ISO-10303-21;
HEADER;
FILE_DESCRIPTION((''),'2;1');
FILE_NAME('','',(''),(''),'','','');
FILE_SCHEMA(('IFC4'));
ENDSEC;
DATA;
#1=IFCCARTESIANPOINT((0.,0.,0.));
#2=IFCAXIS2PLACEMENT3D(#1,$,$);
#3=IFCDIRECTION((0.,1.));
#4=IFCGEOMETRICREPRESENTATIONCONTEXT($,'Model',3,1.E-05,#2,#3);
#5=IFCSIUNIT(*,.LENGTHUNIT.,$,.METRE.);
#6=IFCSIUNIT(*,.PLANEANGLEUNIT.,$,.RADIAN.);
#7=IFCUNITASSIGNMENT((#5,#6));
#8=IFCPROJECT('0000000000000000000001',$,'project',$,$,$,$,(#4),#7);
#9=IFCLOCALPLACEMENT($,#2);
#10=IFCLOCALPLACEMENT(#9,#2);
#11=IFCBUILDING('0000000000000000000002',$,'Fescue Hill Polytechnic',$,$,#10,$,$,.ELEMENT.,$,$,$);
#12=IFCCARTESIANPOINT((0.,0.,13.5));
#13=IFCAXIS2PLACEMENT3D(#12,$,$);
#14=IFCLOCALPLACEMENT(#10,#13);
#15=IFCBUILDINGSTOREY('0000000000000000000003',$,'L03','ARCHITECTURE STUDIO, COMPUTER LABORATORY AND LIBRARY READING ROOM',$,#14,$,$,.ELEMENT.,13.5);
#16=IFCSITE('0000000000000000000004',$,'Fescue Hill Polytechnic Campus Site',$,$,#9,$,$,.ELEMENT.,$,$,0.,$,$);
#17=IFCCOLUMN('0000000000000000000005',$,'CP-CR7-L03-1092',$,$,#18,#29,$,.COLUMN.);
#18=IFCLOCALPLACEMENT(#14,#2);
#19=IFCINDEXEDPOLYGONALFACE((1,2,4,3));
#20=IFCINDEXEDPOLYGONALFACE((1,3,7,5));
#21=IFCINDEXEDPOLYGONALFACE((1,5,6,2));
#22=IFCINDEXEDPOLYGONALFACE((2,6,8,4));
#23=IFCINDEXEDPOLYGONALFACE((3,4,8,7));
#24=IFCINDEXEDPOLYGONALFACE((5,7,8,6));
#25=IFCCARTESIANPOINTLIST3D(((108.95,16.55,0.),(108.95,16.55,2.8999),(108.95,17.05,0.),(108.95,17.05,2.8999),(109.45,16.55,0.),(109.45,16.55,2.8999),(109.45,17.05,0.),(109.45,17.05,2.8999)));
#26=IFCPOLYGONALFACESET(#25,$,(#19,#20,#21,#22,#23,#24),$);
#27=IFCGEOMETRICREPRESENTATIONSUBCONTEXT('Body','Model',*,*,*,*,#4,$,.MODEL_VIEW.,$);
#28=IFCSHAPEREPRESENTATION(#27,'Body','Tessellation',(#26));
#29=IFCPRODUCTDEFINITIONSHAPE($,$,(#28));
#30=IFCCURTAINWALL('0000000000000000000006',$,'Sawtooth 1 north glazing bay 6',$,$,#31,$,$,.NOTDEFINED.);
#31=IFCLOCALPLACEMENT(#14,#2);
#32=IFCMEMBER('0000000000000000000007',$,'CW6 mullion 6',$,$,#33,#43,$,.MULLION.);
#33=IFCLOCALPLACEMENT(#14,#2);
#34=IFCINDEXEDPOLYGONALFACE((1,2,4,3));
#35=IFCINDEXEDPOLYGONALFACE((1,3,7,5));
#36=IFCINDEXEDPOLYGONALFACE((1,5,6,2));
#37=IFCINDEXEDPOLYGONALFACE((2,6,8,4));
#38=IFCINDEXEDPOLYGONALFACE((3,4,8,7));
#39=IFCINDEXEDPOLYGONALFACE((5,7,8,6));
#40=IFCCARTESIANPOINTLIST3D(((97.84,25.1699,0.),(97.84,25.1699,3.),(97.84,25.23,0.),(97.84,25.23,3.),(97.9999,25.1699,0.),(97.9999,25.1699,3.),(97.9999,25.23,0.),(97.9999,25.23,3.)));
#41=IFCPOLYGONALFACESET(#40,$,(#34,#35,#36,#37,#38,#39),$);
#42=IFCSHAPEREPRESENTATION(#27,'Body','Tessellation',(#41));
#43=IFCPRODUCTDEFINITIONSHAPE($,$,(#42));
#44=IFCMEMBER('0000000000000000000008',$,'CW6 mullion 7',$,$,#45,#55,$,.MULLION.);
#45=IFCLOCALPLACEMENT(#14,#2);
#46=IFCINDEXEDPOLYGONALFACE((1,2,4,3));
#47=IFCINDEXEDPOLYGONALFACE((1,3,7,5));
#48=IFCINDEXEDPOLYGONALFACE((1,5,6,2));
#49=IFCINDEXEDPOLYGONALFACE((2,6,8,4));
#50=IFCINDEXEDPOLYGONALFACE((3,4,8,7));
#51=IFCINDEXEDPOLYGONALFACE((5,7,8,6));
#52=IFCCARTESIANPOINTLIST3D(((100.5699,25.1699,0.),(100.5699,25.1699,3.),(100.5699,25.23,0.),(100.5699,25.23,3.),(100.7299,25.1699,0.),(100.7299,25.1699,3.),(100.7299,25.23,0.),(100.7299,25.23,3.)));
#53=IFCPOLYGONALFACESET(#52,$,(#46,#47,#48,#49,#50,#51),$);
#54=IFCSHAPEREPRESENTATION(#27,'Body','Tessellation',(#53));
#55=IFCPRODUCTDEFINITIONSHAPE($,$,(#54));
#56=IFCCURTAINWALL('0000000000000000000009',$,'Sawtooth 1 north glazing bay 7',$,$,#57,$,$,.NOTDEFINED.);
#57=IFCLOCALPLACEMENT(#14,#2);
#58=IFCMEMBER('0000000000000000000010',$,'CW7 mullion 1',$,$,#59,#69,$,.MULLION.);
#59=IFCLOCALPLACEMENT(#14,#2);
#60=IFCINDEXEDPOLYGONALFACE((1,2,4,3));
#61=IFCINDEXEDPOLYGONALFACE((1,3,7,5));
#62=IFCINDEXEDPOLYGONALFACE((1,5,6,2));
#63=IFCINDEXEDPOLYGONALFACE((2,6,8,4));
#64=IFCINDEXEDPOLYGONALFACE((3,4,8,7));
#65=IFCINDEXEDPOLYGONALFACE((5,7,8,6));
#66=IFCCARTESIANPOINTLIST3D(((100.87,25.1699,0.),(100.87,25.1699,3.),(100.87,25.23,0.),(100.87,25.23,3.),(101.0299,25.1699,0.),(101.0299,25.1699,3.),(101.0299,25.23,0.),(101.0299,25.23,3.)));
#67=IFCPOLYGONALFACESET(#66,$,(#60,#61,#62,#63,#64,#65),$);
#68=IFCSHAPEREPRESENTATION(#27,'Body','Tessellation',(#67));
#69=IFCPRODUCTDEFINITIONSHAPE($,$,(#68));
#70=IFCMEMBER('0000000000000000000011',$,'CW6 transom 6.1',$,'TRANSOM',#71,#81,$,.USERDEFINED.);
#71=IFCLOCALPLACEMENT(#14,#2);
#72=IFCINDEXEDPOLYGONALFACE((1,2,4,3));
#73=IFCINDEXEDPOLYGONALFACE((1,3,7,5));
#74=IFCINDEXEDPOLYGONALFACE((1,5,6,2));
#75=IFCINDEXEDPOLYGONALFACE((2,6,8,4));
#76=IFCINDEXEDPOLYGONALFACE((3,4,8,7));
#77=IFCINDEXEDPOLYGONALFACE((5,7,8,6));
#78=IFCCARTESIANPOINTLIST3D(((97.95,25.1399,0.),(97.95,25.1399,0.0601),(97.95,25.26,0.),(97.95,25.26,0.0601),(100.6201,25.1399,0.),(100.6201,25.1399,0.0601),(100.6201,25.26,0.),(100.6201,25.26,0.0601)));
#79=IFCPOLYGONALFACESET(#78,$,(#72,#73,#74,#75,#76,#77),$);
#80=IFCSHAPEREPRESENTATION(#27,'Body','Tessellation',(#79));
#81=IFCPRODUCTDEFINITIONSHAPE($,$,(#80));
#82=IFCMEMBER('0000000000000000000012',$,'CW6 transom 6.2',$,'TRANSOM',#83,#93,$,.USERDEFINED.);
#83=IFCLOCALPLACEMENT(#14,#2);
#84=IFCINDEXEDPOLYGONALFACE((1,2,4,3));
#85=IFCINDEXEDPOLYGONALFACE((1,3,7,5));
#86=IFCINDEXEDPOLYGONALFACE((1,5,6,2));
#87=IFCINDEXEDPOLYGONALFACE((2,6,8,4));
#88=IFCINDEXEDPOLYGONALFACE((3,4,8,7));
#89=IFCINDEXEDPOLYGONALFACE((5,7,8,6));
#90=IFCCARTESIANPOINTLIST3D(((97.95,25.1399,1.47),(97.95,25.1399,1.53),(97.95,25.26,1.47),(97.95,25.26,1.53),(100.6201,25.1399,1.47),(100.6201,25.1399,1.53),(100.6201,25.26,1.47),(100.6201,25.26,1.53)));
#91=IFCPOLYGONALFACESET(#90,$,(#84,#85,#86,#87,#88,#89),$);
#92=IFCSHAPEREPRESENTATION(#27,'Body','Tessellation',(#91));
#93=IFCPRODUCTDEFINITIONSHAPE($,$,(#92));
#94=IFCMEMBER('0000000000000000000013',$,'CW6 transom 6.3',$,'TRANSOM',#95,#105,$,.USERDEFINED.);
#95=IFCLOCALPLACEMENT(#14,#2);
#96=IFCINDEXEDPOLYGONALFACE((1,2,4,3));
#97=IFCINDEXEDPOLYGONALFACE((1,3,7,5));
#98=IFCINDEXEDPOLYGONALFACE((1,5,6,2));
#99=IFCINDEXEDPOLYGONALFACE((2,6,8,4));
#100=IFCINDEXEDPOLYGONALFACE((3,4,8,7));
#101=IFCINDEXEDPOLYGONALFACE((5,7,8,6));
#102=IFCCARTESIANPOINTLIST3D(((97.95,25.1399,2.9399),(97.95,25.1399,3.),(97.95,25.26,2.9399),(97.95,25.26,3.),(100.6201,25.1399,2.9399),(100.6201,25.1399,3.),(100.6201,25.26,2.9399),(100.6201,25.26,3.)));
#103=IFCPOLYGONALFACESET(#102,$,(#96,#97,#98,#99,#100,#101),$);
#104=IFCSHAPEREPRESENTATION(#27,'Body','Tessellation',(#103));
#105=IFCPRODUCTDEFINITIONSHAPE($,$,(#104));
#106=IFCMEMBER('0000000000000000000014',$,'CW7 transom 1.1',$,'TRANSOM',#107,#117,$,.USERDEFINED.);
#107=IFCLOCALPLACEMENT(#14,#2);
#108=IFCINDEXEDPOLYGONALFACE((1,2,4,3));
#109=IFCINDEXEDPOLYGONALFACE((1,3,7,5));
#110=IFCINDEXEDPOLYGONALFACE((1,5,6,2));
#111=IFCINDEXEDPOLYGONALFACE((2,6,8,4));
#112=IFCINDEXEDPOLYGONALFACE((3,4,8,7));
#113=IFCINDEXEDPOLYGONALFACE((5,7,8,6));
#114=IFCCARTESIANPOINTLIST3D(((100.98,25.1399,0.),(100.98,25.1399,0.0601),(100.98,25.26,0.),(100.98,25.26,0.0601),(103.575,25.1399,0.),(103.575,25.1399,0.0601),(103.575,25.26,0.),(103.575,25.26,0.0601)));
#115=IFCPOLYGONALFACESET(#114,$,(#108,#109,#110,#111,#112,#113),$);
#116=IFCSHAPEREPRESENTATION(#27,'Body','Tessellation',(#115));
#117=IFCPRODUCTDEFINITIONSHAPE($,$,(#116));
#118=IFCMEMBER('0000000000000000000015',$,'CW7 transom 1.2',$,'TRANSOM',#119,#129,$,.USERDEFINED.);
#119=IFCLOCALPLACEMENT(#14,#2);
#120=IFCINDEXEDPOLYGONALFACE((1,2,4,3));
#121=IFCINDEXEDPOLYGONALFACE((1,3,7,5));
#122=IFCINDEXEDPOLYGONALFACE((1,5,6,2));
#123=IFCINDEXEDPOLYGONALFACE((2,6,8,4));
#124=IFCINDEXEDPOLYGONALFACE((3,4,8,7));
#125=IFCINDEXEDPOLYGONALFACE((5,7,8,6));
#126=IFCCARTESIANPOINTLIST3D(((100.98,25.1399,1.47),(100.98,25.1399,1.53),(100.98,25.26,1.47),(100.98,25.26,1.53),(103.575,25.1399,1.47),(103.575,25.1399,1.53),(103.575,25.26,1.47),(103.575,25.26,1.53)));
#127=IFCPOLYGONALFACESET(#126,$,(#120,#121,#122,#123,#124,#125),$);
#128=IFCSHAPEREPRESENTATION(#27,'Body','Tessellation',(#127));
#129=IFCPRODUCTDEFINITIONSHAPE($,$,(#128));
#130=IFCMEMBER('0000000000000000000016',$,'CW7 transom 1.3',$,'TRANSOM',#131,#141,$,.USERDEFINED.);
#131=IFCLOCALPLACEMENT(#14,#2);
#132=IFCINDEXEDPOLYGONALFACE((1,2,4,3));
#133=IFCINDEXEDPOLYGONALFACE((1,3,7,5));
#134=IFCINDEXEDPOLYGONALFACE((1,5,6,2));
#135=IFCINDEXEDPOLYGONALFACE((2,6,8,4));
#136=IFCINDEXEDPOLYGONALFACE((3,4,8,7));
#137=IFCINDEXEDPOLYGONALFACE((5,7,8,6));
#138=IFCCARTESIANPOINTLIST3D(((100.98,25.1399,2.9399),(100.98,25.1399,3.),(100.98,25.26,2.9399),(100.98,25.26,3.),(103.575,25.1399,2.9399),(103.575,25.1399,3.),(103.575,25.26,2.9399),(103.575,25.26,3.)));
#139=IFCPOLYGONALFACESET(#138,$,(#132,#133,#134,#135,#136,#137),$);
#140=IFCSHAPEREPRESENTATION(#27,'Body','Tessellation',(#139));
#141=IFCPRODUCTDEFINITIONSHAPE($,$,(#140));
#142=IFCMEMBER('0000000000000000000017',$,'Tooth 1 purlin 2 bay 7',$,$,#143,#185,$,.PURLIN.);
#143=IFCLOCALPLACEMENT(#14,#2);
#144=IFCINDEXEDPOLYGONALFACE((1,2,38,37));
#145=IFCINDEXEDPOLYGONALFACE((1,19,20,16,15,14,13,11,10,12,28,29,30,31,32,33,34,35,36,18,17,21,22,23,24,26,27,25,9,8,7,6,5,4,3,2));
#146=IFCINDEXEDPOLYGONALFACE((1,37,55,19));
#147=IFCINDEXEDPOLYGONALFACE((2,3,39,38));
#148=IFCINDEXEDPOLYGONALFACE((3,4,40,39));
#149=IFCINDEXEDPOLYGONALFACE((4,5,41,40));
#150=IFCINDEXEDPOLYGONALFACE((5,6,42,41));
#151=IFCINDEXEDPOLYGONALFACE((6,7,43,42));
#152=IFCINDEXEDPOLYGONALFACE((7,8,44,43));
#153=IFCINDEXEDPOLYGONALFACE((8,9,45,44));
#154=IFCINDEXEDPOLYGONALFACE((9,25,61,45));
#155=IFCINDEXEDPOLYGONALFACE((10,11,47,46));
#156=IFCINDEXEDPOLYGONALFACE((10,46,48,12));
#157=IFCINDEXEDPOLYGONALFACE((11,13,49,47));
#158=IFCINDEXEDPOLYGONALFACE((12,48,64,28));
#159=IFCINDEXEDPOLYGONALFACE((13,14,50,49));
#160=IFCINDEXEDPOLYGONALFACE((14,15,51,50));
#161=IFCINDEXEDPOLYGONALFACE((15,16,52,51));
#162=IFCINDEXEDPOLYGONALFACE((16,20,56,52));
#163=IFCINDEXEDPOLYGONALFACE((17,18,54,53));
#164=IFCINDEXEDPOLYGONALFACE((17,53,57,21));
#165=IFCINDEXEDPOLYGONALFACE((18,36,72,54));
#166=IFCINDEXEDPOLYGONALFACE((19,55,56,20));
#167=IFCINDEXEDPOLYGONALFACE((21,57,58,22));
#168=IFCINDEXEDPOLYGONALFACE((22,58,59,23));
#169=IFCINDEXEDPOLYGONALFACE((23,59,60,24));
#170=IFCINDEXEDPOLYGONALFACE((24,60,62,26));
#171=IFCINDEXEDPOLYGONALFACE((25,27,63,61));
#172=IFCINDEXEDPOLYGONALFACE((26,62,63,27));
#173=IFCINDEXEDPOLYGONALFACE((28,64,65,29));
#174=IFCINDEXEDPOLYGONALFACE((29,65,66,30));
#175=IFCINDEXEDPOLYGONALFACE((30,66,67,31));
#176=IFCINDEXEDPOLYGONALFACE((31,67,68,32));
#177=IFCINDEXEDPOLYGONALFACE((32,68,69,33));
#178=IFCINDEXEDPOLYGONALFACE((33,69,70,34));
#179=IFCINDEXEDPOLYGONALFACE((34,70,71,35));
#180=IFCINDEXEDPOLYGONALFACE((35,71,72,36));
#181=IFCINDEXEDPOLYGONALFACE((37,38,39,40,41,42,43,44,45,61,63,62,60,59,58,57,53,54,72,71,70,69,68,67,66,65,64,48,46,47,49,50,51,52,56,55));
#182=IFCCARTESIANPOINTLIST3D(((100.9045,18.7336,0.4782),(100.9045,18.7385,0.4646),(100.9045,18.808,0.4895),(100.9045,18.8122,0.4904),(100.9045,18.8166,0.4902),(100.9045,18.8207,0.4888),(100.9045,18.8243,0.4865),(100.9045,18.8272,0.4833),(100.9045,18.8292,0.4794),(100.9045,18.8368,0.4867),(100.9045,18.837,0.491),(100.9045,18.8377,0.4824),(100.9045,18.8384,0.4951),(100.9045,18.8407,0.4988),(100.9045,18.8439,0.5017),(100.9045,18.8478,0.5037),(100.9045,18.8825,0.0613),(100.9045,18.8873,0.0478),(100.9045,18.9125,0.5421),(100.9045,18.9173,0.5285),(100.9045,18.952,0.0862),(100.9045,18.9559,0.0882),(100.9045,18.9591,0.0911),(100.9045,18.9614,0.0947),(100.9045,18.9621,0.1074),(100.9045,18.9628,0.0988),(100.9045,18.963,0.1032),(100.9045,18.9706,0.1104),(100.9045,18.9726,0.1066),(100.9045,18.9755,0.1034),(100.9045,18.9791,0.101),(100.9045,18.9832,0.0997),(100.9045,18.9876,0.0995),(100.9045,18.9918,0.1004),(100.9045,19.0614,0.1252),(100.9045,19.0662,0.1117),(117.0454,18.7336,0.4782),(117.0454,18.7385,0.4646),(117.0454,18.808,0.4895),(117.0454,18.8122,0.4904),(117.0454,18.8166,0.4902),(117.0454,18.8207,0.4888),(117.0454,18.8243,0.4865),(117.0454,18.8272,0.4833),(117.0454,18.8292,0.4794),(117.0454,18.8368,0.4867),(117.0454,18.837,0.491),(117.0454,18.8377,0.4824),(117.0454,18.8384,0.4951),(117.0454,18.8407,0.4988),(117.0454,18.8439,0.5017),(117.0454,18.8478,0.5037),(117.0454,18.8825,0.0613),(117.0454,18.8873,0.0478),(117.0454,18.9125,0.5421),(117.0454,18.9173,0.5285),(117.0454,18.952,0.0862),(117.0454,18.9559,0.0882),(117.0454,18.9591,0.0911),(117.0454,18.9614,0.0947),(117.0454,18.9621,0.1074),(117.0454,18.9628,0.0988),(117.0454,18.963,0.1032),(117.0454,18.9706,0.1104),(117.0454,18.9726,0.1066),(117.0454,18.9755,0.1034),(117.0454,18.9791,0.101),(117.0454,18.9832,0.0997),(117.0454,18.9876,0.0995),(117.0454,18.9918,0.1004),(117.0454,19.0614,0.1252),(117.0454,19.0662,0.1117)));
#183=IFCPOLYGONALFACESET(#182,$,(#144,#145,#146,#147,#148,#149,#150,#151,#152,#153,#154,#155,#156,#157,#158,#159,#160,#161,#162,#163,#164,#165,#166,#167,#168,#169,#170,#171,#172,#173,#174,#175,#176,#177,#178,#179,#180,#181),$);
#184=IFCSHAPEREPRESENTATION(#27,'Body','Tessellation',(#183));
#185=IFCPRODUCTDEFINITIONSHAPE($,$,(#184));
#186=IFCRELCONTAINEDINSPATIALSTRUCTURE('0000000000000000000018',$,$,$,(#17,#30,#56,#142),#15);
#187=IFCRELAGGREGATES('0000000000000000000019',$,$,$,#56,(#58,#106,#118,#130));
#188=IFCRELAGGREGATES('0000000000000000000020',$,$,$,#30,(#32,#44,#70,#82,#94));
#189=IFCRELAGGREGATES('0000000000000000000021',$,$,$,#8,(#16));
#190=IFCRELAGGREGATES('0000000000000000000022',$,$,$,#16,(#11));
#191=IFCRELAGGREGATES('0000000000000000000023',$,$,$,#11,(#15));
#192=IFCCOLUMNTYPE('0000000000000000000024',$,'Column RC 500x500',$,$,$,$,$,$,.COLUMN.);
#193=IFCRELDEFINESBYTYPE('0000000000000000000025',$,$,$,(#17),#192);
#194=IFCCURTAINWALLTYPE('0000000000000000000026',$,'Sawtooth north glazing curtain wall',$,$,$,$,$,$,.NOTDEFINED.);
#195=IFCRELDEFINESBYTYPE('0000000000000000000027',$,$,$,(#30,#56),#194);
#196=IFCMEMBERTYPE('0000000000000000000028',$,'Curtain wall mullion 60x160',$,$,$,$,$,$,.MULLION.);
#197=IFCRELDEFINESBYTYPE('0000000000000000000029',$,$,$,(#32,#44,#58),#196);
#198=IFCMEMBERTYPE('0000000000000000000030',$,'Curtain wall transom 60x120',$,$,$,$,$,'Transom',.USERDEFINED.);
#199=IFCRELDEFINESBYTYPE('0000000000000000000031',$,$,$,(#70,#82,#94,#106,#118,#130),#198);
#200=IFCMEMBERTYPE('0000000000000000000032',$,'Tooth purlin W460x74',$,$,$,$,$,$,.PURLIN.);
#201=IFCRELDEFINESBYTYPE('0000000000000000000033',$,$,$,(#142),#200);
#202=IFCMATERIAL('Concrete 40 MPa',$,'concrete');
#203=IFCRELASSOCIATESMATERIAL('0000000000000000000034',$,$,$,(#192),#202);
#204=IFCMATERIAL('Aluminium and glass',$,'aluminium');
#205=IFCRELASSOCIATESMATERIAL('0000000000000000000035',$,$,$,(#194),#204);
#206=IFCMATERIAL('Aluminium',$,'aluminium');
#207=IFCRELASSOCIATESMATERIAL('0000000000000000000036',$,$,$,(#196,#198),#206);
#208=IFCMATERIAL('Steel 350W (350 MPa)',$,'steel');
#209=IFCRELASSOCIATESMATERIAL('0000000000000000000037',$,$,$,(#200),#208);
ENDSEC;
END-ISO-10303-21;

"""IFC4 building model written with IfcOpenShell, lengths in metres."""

from ifc_helpers import new_model, si_unit, direction, frame, origin, origin_2d, place, context, subcontext, project, spatial, rectangle, i_section, extrude, material, material_profile, profile_set, type_object, element, aggregate, save


model = new_model("IFC4")

# Units and contexts
model_context = context("Model", 3, precision=1e-05, world=origin(), true_north=direction((0.0, 1.0)))
body_context = subcontext(model_context, "Body", "Model", "MODEL_VIEW")
ifc_project = project(units=[si_unit("LENGTHUNIT", "METRE"), si_unit("PLANEANGLEUNIT", "RADIAN")], contexts=[model_context])

# Site, building, storey
site_placement = place(None, origin())
site = spatial("IfcSite", under=ifc_project, at=site_placement, Name="Fescue Hill Polytechnic Campus Site", CompositionType="ELEMENT", RefElevation=0.0)
building_placement = place(site_placement, origin())
building = spatial("IfcBuilding", under=site, at=building_placement, Name="Fescue Hill Polytechnic", CompositionType="ELEMENT")
storey_placement = place(building_placement, frame((0.0, 0.0, 13.5)))
storey = spatial("IfcBuildingStorey", under=building, at=storey_placement, Name="L03", Description="ARCHITECTURE STUDIO, COMPUTER LABORATORY AND LIBRARY READING ROOM", CompositionType="ELEMENT", Elevation=13.5)

# Column
ifc_material_1 = material(Name="Concrete 40 MPa", Category="concrete")
ifc_material_profile_1 = material_profile(ifc_material_1, rectangle(XDim=0.5, YDim=0.5, at=origin_2d()), Name="RC 500x500")
ifc_profile_set_1 = profile_set([ifc_material_profile_1], Name="Concrete 40 MPa")
column_type = type_object("IfcColumnType", Name="Column RC 500x500", PredefinedType="COLUMN", material=ifc_profile_set_1)
column_placement = place(storey_placement, frame((109.2, 16.8, 0.0), z_axis=(0.0, 0.0, 1.0), x_axis=(1.0, 0.0, 0.0)))
element("IfcColumn", 1, at=column_placement, inside=storey, type_object=column_type, Name="CP-CR7-L03-1092", PredefinedType="COLUMN", context=body_context, shape_type="SweptSolid", body=[
    extrude(rectangle(XDim=0.5, YDim=0.5, at=origin_2d()), origin(), (0.0, 0.0, 1.0), 2.8999),
])

# Curtain wall, members
ifc_material_2 = material(Name="Aluminium and glass", Category="aluminium")
curtain_wall_type = type_object("IfcCurtainWallType", Name="Sawtooth north glazing curtain wall", PredefinedType="NOTDEFINED", material=ifc_material_2)
curtain_wall_1_placement = place(storey_placement, origin())
curtain_wall_1 = element("IfcCurtainWall", 2, at=curtain_wall_1_placement, inside=storey, type_object=curtain_wall_type, Name="Sawtooth 1 north glazing bay 6", PredefinedType="NOTDEFINED")
ifc_material_3 = material(Name="Aluminium", Category="aluminium")
ifc_material_profile_2 = material_profile(ifc_material_3, rectangle(XDim=0.0601, YDim=0.1599, at=origin_2d()), Name="Curtain wall mullion 60x160")
ifc_profile_set_2 = profile_set([ifc_material_profile_2], Name="Aluminium")
member_type_1 = type_object("IfcMemberType", Name="Curtain wall mullion 60x160", PredefinedType="MULLION", material=ifc_profile_set_2)
member_1_placement = place(storey_placement, frame((97.9199, 25.2, 0.0), z_axis=(0.0, 0.0, 1.0), x_axis=(0.0, 1.0, 0.0)))
member_1 = element("IfcMember", 3, at=member_1_placement, type_object=member_type_1, Name="CW6 mullion 6", PredefinedType="MULLION", context=body_context, shape_type="SweptSolid", body=[
    extrude(rectangle(XDim=0.0601, YDim=0.1599, at=origin_2d()), origin(), (0.0, 0.0, 1.0), 3.0),
])
member_2_placement = place(storey_placement, frame((100.6499, 25.2, 0.0), z_axis=(0.0, 0.0, 1.0), x_axis=(0.0, 1.0, 0.0)))
member_2 = element("IfcMember", 4, at=member_2_placement, type_object=member_type_1, Name="CW6 mullion 7", PredefinedType="MULLION", context=body_context, shape_type="SweptSolid", body=[
    extrude(rectangle(XDim=0.0601, YDim=0.1599, at=origin_2d()), origin(), (0.0, 0.0, 1.0), 3.0),
])

# Curtain wall, member
curtain_wall_2_placement = place(storey_placement, origin())
curtain_wall_2 = element("IfcCurtainWall", 5, at=curtain_wall_2_placement, inside=storey, type_object=curtain_wall_type, Name="Sawtooth 1 north glazing bay 7", PredefinedType="NOTDEFINED")
member_3_placement = place(storey_placement, frame((100.95, 25.2, 0.0), z_axis=(0.0, 0.0, 1.0), x_axis=(0.0, 1.0, 0.0)))
member_3 = element("IfcMember", 6, at=member_3_placement, type_object=member_type_1, Name="CW7 mullion 1", PredefinedType="MULLION", context=body_context, shape_type="SweptSolid", body=[
    extrude(rectangle(XDim=0.0601, YDim=0.1599, at=origin_2d()), origin(), (0.0, 0.0, 1.0), 3.0),
])

# Members
ifc_material_profile_3 = material_profile(ifc_material_3, rectangle(XDim=0.1201, YDim=0.0601, at=origin_2d()), Name="Curtain wall transom 60x120")
ifc_profile_set_3 = profile_set([ifc_material_profile_3], Name="Aluminium")
member_type_2 = type_object("IfcMemberType", Name="Curtain wall transom 60x120", ElementType="Transom", PredefinedType="USERDEFINED", material=ifc_profile_set_3)
member_4_placement = place(storey_placement, frame((97.95, 25.2, 0.03), z_axis=(1.0, 0.0, 0.0), x_axis=(0.0, 1.0, 0.0)))
member_4 = element("IfcMember", 7, at=member_4_placement, type_object=member_type_2, Name="CW6 transom 6.1", ObjectType="TRANSOM", PredefinedType="USERDEFINED", context=body_context, shape_type="SweptSolid", body=[
    extrude(rectangle(XDim=0.1201, YDim=0.0601, at=origin_2d()), origin(), (0.0, 0.0, 1.0), 2.6702),
])
member_5_placement = place(storey_placement, frame((97.95, 25.2, 1.5), z_axis=(1.0, 0.0, 0.0), x_axis=(0.0, 1.0, 0.0)))
member_5 = element("IfcMember", 8, at=member_5_placement, type_object=member_type_2, Name="CW6 transom 6.2", ObjectType="TRANSOM", PredefinedType="USERDEFINED", context=body_context, shape_type="SweptSolid", body=[
    extrude(rectangle(XDim=0.1201, YDim=0.0601, at=origin_2d()), origin(), (0.0, 0.0, 1.0), 2.6702),
])
member_6_placement = place(storey_placement, frame((97.95, 25.2, 2.97), z_axis=(1.0, 0.0, 0.0), x_axis=(0.0, 1.0, 0.0)))
member_6 = element("IfcMember", 9, at=member_6_placement, type_object=member_type_2, Name="CW6 transom 6.3", ObjectType="TRANSOM", PredefinedType="USERDEFINED", context=body_context, shape_type="SweptSolid", body=[
    extrude(rectangle(XDim=0.1201, YDim=0.0601, at=origin_2d()), origin(), (0.0, 0.0, 1.0), 2.6702),
])
member_7_placement = place(storey_placement, frame((100.98, 25.2, 0.03), z_axis=(1.0, 0.0, 0.0), x_axis=(0.0, 1.0, 0.0)))
member_7 = element("IfcMember", 10, at=member_7_placement, type_object=member_type_2, Name="CW7 transom 1.1", ObjectType="TRANSOM", PredefinedType="USERDEFINED", context=body_context, shape_type="SweptSolid", body=[
    extrude(rectangle(XDim=0.1201, YDim=0.0601, at=origin_2d()), origin(), (0.0, 0.0, 1.0), 2.595),
])
member_8_placement = place(storey_placement, frame((100.98, 25.2, 1.5), z_axis=(1.0, 0.0, 0.0), x_axis=(0.0, 1.0, 0.0)))
member_8 = element("IfcMember", 11, at=member_8_placement, type_object=member_type_2, Name="CW7 transom 1.2", ObjectType="TRANSOM", PredefinedType="USERDEFINED", context=body_context, shape_type="SweptSolid", body=[
    extrude(rectangle(XDim=0.1201, YDim=0.0601, at=origin_2d()), origin(), (0.0, 0.0, 1.0), 2.595),
])
member_9_placement = place(storey_placement, frame((100.98, 25.2, 2.97), z_axis=(1.0, 0.0, 0.0), x_axis=(0.0, 1.0, 0.0)))
member_9 = element("IfcMember", 12, at=member_9_placement, type_object=member_type_2, Name="CW7 transom 1.3", ObjectType="TRANSOM", PredefinedType="USERDEFINED", context=body_context, shape_type="SweptSolid", body=[
    extrude(rectangle(XDim=0.1201, YDim=0.0601, at=origin_2d()), origin(), (0.0, 0.0, 1.0), 2.595),
])
aggregate(curtain_wall_2, [member_3, member_7, member_8, member_9])

# Member
ifc_material_4 = material(Name="Steel 350W (350 MPa)", Category="steel")
ifc_material_profile_4 = material_profile(ifc_material_4, i_section(OverallWidth=0.1899, OverallDepth=0.457, WebThickness=0.009, FlangeThickness=0.0144, FilletRadius=0.0166, at=origin_2d()), Name="W460x74")
ifc_profile_set_4 = profile_set([ifc_material_profile_4], Name="Steel 350W (350 MPa)")
member_type_3 = type_object("IfcMemberType", Name="Tooth purlin W460x74", PredefinedType="PURLIN", material=ifc_profile_set_4)
for number, where, z_axis, x_axis, name in (
    (13, (100.9045, 18.8999, 0.2949), (1.0, 0.0, 0.0), (0.0, 0.941742, 0.336336), "Tooth 1 purlin 2 bay 7"),
):
    element("IfcMember", number, at=place(storey_placement, frame(where, z_axis=z_axis, x_axis=x_axis)), inside=storey, type_object=member_type_3, Name=name, PredefinedType="PURLIN", context=body_context, shape_type="SweptSolid", body=[
        extrude(i_section(OverallWidth=0.1899, OverallDepth=0.457, WebThickness=0.009, FlangeThickness=0.0144, FilletRadius=0.0166, at=origin_2d()), origin(), (0.0, 0.0, 1.0), 16.1409),
    ])

aggregate(curtain_wall_1, [member_1, member_2, member_4, member_5, member_6])

save(model, "model.ifc")
